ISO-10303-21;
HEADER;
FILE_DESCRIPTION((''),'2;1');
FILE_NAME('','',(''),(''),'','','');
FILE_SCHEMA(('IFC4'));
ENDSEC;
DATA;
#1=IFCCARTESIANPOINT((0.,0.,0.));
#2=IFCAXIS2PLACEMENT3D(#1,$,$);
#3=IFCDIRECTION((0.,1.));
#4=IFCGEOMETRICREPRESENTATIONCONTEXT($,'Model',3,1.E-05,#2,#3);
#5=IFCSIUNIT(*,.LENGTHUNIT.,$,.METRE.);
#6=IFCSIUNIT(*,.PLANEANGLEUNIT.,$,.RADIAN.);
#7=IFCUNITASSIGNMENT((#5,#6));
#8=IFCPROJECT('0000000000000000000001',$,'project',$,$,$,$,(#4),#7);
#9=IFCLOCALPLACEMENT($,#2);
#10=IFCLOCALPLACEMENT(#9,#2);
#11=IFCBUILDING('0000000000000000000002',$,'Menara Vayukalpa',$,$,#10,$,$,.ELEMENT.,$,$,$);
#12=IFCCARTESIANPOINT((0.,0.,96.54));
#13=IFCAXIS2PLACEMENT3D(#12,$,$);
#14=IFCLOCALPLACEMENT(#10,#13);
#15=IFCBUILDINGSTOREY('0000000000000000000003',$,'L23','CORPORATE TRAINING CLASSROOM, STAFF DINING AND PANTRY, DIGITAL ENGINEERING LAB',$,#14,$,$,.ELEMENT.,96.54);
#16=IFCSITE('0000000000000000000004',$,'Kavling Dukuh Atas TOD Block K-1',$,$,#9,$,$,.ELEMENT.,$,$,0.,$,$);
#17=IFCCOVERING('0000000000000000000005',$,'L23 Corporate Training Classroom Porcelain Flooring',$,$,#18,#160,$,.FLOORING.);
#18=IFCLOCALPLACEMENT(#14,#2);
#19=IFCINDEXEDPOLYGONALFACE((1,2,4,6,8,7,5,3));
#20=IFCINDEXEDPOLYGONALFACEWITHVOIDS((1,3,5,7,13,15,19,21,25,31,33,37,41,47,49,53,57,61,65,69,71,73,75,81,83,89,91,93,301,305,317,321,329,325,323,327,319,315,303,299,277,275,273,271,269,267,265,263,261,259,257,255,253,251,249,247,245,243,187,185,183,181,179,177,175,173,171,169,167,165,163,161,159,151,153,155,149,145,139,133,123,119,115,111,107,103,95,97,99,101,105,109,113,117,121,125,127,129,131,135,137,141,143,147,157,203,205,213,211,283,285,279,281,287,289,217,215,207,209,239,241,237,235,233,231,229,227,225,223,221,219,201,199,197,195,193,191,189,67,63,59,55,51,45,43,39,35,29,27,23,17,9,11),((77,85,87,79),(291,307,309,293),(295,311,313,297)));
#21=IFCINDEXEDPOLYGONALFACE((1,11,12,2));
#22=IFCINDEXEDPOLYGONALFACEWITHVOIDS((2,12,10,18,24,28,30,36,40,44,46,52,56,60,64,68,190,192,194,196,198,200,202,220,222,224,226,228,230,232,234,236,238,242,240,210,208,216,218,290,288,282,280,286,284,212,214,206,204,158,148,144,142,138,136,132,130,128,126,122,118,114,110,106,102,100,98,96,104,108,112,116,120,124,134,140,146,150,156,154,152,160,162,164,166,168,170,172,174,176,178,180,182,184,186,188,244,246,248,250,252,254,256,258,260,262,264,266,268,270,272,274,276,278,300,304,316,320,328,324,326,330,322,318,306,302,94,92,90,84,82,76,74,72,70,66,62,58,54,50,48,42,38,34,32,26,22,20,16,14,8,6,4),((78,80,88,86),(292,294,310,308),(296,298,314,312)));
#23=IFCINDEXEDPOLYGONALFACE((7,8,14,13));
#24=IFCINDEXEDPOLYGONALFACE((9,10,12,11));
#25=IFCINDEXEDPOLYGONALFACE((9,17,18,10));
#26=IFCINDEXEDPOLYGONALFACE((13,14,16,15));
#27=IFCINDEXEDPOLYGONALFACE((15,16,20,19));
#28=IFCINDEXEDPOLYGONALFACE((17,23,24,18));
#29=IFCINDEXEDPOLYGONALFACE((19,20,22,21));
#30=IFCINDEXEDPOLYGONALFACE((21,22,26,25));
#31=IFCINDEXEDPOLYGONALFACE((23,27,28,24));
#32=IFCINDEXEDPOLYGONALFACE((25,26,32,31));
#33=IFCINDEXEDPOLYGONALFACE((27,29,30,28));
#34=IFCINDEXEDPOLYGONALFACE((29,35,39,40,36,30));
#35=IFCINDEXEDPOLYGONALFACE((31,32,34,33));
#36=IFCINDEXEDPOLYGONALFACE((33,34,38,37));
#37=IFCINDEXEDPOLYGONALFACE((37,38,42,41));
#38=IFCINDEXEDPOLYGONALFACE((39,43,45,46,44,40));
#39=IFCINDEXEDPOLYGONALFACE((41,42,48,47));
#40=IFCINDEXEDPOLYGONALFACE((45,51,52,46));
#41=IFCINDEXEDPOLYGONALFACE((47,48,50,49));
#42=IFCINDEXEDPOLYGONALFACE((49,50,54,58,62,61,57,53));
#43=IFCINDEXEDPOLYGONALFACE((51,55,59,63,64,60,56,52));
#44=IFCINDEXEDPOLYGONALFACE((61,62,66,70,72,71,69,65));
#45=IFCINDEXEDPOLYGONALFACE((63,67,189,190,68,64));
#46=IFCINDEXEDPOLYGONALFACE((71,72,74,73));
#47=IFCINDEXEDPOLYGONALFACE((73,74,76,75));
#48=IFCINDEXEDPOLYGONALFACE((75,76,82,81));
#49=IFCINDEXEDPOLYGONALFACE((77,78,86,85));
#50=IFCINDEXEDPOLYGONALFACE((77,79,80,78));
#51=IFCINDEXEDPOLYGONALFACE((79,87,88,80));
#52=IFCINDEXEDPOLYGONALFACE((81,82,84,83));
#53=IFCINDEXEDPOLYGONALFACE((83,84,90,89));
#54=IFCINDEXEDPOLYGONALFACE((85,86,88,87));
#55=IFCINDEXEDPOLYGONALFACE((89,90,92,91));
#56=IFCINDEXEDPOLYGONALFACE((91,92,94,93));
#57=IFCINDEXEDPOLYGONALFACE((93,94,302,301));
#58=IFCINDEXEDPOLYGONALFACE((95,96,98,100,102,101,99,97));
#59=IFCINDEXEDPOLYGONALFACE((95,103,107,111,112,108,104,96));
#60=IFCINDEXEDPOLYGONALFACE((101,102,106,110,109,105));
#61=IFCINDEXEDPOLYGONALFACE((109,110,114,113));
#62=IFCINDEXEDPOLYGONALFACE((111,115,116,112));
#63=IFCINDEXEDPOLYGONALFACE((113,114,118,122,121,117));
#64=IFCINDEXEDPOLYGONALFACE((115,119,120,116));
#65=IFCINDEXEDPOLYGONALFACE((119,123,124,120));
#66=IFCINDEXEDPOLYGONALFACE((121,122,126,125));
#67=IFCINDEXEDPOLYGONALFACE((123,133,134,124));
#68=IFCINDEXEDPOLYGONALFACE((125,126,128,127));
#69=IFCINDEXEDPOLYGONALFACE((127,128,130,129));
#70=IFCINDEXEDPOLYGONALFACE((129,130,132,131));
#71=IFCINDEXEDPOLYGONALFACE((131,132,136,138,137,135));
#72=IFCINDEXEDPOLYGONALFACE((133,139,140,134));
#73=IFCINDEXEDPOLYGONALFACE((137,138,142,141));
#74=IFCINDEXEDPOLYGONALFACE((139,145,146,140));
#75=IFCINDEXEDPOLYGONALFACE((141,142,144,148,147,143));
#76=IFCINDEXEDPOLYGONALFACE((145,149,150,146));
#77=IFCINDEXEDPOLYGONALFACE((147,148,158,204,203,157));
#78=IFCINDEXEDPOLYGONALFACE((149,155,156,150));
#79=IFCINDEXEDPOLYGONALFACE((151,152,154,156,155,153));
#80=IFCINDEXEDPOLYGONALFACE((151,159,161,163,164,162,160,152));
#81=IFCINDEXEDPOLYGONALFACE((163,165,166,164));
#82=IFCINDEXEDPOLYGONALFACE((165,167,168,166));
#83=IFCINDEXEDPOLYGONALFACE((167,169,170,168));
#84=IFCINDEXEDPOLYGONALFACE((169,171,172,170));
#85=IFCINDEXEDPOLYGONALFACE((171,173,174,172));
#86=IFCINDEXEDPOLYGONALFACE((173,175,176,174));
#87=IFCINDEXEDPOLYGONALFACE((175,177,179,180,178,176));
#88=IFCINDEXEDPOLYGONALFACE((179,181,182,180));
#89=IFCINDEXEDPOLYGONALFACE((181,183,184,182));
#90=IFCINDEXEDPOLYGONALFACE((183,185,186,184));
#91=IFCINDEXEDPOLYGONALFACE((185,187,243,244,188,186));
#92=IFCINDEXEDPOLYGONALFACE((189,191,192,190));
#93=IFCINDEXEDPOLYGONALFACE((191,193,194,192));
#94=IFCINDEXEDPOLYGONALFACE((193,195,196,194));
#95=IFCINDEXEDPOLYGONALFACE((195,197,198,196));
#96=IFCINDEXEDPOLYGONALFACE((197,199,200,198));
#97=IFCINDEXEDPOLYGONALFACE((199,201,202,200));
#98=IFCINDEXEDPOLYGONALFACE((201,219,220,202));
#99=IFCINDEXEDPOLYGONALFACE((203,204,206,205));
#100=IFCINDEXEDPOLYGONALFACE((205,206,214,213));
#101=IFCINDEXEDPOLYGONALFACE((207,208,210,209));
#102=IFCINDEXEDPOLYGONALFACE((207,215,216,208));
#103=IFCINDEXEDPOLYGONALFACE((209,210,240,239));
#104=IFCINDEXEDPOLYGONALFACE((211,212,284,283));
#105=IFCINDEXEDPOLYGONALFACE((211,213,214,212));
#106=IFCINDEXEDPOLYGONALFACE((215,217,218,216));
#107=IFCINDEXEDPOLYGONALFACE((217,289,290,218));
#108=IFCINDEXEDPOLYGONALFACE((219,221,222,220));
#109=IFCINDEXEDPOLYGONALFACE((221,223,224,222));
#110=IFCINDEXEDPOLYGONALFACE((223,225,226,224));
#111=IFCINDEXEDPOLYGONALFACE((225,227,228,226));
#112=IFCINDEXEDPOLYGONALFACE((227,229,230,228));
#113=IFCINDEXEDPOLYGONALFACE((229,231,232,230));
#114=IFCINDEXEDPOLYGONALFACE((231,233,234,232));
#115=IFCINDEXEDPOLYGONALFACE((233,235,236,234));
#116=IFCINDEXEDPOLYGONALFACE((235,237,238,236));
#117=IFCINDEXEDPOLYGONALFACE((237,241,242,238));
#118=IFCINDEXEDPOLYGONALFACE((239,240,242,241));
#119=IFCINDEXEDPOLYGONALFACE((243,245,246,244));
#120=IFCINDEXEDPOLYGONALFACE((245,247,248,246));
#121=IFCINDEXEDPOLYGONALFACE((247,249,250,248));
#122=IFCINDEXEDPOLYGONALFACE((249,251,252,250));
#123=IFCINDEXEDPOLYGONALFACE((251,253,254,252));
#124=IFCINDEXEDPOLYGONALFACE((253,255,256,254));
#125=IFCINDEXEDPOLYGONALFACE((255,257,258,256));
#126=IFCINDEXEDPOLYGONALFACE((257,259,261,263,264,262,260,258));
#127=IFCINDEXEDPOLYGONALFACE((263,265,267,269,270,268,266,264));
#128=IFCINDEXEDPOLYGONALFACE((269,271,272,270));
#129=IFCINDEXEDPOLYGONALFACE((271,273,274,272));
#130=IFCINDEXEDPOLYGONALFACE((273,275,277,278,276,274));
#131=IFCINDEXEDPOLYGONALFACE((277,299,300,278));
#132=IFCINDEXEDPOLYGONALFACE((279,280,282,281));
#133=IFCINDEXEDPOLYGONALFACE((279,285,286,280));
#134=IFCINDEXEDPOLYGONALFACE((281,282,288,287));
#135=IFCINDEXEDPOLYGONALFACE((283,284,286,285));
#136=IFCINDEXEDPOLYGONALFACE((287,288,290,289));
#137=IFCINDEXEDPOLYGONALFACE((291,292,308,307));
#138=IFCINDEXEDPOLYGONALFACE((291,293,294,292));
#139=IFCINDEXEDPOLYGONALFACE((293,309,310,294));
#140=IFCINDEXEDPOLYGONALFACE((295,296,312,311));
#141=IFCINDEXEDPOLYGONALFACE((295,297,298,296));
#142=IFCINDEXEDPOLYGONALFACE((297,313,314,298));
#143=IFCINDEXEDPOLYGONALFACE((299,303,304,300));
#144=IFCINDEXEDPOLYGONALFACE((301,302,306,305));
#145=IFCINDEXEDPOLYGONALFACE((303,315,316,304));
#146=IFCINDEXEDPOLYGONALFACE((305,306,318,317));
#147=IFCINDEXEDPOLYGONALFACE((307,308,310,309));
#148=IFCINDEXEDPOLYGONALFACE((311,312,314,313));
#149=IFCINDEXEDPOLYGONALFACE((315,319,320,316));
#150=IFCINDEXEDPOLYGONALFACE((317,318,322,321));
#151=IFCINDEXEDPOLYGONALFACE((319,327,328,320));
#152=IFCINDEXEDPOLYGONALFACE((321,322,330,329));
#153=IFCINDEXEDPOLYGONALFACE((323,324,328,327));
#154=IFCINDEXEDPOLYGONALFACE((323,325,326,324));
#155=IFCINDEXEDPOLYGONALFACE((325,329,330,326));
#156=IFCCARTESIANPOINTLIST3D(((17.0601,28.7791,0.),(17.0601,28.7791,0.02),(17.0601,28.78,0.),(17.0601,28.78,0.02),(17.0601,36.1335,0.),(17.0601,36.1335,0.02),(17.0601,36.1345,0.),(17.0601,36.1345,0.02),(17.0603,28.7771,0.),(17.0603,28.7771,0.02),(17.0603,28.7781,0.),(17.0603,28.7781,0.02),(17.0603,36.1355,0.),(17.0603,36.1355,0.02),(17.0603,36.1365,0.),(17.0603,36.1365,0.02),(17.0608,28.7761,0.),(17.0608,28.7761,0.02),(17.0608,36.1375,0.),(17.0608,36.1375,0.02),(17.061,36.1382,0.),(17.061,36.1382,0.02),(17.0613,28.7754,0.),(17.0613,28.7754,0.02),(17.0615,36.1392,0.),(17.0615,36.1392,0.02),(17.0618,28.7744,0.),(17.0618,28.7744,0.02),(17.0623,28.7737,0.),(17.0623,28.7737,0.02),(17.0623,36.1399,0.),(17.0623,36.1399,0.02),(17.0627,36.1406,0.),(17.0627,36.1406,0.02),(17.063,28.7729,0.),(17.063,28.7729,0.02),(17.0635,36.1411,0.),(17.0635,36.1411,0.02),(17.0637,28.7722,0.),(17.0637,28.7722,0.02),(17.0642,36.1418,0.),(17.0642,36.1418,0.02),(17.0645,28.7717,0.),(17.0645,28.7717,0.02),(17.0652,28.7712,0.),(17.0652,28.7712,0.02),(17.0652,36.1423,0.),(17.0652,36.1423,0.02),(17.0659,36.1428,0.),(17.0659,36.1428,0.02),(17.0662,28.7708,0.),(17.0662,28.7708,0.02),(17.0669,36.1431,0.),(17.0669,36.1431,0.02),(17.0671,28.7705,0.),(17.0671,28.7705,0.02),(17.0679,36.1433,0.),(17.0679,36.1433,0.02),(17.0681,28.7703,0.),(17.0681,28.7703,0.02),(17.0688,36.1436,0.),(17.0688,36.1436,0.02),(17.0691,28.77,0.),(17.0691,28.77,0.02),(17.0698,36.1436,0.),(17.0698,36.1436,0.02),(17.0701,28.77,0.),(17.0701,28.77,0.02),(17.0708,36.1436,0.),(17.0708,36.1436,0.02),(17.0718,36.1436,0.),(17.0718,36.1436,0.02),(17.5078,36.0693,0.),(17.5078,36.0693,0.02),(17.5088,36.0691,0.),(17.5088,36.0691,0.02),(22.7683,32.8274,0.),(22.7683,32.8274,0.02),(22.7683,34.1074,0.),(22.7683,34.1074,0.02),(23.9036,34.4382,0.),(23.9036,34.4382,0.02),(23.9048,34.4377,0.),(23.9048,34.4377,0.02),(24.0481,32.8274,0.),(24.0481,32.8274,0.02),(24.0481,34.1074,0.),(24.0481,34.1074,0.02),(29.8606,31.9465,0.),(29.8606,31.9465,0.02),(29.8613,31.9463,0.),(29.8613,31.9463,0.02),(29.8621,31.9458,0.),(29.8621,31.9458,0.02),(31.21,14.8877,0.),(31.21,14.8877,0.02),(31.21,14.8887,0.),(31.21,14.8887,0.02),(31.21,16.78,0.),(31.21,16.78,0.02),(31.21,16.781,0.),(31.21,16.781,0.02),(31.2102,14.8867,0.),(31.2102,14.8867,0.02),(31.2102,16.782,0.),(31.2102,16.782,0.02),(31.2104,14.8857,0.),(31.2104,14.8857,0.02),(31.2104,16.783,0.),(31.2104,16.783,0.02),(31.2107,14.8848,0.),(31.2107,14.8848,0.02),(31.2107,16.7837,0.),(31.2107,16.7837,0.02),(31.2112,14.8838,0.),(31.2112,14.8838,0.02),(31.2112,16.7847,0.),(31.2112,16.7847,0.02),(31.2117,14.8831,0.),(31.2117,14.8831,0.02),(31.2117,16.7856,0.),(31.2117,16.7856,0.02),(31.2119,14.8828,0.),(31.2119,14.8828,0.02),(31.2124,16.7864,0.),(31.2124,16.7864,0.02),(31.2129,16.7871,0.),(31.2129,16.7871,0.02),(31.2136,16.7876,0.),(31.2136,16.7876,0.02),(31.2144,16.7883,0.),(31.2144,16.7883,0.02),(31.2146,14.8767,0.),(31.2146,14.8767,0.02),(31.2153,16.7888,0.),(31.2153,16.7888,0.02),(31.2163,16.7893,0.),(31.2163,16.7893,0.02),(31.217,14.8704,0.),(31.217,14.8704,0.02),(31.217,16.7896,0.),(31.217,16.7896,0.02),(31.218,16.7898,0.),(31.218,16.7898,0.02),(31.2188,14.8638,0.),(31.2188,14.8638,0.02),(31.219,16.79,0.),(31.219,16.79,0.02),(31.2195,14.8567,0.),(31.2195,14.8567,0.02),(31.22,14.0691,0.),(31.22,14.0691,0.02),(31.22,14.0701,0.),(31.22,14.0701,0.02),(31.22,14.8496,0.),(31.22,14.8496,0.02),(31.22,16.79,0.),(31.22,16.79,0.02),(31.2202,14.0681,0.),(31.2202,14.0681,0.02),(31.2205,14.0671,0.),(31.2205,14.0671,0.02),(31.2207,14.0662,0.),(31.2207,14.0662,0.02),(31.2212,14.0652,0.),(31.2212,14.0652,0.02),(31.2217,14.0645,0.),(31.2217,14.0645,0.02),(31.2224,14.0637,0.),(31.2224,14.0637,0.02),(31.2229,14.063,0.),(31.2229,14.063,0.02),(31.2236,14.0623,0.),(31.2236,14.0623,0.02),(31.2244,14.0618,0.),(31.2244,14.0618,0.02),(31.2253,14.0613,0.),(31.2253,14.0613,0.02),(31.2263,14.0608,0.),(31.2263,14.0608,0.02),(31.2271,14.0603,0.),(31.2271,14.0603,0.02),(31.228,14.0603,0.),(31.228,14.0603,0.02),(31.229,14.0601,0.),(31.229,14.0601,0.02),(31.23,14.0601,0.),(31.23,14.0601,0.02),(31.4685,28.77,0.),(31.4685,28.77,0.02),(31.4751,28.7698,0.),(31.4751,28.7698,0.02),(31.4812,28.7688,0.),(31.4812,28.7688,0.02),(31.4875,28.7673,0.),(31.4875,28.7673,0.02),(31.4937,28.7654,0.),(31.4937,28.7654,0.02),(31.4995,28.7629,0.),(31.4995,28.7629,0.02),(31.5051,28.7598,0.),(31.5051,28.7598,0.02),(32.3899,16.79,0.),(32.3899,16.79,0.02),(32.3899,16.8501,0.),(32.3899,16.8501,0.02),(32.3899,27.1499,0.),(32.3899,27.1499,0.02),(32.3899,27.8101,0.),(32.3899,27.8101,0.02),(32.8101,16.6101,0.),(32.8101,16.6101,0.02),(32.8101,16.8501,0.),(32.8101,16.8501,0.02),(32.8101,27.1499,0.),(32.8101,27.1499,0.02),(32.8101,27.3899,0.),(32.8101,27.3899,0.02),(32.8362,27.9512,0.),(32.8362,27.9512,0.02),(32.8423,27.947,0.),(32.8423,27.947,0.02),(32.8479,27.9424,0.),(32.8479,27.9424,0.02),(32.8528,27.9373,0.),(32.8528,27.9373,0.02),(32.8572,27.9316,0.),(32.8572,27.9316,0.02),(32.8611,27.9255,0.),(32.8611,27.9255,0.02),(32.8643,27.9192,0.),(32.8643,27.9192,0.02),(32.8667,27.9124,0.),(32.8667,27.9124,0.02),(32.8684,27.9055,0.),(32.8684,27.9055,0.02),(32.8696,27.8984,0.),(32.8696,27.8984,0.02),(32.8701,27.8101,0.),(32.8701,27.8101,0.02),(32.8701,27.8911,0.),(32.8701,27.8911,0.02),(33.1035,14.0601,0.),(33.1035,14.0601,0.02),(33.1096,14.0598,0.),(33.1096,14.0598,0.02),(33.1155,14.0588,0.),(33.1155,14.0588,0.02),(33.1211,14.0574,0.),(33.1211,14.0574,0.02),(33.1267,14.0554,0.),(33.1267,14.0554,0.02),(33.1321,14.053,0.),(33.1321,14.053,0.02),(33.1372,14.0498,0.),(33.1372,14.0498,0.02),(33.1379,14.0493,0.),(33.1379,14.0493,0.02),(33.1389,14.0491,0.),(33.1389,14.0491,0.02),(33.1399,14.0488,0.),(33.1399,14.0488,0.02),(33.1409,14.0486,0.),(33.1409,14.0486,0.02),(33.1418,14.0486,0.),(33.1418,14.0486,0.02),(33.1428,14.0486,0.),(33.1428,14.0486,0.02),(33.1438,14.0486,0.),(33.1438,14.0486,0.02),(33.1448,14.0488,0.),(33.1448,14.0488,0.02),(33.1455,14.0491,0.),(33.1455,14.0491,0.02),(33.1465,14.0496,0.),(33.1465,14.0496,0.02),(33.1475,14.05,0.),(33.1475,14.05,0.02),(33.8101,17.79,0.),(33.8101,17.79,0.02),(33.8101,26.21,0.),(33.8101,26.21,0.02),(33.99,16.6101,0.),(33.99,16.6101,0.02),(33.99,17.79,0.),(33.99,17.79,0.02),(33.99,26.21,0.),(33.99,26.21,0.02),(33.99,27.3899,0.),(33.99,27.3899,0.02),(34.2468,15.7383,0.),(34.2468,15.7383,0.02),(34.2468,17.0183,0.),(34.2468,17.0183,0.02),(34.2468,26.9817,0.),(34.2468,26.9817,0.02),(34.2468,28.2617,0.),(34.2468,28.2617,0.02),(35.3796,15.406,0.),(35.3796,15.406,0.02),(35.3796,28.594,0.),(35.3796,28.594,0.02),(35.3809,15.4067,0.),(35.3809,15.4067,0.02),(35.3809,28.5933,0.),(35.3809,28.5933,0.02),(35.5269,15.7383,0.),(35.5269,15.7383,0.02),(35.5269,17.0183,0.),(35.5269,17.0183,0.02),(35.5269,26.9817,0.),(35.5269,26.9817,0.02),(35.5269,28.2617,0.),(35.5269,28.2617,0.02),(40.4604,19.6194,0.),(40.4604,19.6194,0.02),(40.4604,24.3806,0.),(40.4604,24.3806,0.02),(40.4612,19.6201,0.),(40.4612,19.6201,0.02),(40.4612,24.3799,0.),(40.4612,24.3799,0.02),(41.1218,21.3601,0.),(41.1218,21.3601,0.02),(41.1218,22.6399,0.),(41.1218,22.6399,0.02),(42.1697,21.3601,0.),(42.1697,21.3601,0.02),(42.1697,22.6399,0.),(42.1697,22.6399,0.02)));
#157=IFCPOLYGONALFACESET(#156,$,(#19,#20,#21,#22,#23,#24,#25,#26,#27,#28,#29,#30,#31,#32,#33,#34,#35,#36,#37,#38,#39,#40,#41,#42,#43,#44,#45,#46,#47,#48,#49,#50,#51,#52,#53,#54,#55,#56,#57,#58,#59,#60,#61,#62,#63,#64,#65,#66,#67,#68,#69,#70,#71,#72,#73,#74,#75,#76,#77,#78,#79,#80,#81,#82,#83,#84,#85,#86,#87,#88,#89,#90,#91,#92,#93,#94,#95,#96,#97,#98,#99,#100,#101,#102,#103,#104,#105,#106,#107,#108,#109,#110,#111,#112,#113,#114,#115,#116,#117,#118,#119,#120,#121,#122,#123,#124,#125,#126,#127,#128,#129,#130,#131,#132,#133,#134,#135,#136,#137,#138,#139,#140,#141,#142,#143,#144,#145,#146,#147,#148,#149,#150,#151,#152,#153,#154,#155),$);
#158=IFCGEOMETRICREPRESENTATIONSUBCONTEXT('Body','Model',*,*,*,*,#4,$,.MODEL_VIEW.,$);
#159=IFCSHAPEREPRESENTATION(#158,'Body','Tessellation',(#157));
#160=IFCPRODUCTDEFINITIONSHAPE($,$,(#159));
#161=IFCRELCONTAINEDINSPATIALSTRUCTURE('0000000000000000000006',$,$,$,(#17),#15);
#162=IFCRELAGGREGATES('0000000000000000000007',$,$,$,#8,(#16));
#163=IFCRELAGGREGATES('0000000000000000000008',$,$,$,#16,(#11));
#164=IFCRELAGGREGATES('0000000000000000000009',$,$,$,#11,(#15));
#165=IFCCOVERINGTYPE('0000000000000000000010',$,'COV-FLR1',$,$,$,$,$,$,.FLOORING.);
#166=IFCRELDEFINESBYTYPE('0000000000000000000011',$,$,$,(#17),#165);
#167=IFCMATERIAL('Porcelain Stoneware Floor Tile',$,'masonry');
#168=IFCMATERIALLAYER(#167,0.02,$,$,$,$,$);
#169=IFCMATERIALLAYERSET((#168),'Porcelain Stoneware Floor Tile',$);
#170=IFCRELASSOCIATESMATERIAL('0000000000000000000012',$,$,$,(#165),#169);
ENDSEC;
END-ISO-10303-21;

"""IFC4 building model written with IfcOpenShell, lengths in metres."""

from ifc_helpers import new_model, si_unit, direction, frame, origin, place, context, subcontext, project, spatial, polyline, outline, extrude, material, layer, layer_set, type_object, element, save


model = new_model("IFC4")

# Units and contexts
model_context = context("Model", 3, precision=1e-05, world=origin(), true_north=direction((0.0, 1.0)))
body_context = subcontext(model_context, "Body", "Model", "MODEL_VIEW")
ifc_project = project(units=[si_unit("LENGTHUNIT", "METRE"), si_unit("PLANEANGLEUNIT", "RADIAN")], contexts=[model_context])

# Site, building, storey
site_placement = place(None, origin())
site = spatial("IfcSite", under=ifc_project, at=site_placement, Name="Kavling Dukuh Atas TOD Block K-1", CompositionType="ELEMENT", RefElevation=0.0)
building_placement = place(site_placement, origin())
building = spatial("IfcBuilding", under=site, at=building_placement, Name="Menara Vayukalpa", CompositionType="ELEMENT")
storey_placement = place(building_placement, frame((0.0, 0.0, 96.54)))
storey = spatial("IfcBuildingStorey", under=building, at=storey_placement, Name="L23", Description="CORPORATE TRAINING CLASSROOM, STAFF DINING AND PANTRY, DIGITAL ENGINEERING LAB", CompositionType="ELEMENT", Elevation=96.54)

# Covering
ifc_material_1 = material(Name="Porcelain Stoneware Floor Tile", Category="masonry")
ifc_layer_1 = layer(ifc_material_1, 0.02)
ifc_layer_set_1 = layer_set([ifc_layer_1], Name="Porcelain Stoneware Floor Tile")
covering_type_1 = type_object("IfcCoveringType", Name="COV-FLR1", PredefinedType="FLOORING", material=ifc_layer_set_1)
covering_1_placement = place(storey_placement, origin())
element("IfcCovering", 1, at=covering_1_placement, inside=storey, type_object=covering_type_1, Name="L23 Corporate Training Classroom Porcelain Flooring", PredefinedType="FLOORING", context=body_context, shape_type="SweptSolid", body=[
    extrude(outline(polyline([(32.8101, 16.8501), (32.8101, 16.6101), (33.99, 16.6101), (33.99, 17.79), (33.8101, 17.79), (33.8101, 26.21), (33.99, 26.21), (33.99, 27.3899), (32.8101, 27.3899), (32.8101, 27.1499), (32.3899, 27.1499), (32.3899, 27.8101), (32.8701, 27.8101), (32.8701, 27.8911), (32.8696, 27.8984), (32.8684, 27.9055), (32.8667, 27.9124), (32.8643, 27.9192), (32.8611, 27.9255), (32.8572, 27.9316), (32.8528, 27.9373), (32.8479, 27.9424), (32.8423, 27.947), (32.8362, 27.9512), (31.5051, 28.7598), (31.4995, 28.7629), (31.4937, 28.7654), (31.4875, 28.7673), (31.4812, 28.7688), (31.4751, 28.7698), (31.4685, 28.77), (17.0701, 28.77), (17.0691, 28.77), (17.0681, 28.7703), (17.0671, 28.7705), (17.0662, 28.7708), (17.0652, 28.7712), (17.0645, 28.7717), (17.0637, 28.7722), (17.063, 28.7729), (17.0623, 28.7737), (17.0618, 28.7744), (17.0613, 28.7754), (17.0608, 28.7761), (17.0603, 28.7771), (17.0603, 28.7781), (17.0601, 28.7791), (17.0601, 28.78), (17.0601, 36.1335), (17.0601, 36.1345), (17.0603, 36.1355), (17.0603, 36.1365), (17.0608, 36.1375), (17.061, 36.1382), (17.0615, 36.1392), (17.0623, 36.1399), (17.0627, 36.1406), (17.0635, 36.1411), (17.0642, 36.1418), (17.0652, 36.1423), (17.0659, 36.1428), (17.0669, 36.1431), (17.0679, 36.1433), (17.0688, 36.1436), (17.0698, 36.1436), (17.0708, 36.1436), (17.0718, 36.1436), (17.5078, 36.0693), (17.5088, 36.0691), (23.9036, 34.4382), (23.9048, 34.4377), (29.8606, 31.9465), (29.8613, 31.9463), (29.8621, 31.9458), (35.3796, 28.594), (35.3809, 28.5933), (40.4604, 24.3806), (40.4612, 24.3799), (42.1697, 22.6399), (41.1218, 22.6399), (41.1218, 21.3601), (42.1697, 21.3601), (40.4612, 19.6201), (40.4604, 19.6194), (35.3809, 15.4067), (35.3796, 15.406), (33.1475, 14.05), (33.1465, 14.0496), (33.1455, 14.0491), (33.1448, 14.0488), (33.1438, 14.0486), (33.1428, 14.0486), (33.1418, 14.0486), (33.1409, 14.0486), (33.1399, 14.0488), (33.1389, 14.0491), (33.1379, 14.0493), (33.1372, 14.0498), (33.1321, 14.053), (33.1267, 14.0554), (33.1211, 14.0574), (33.1155, 14.0588), (33.1096, 14.0598), (33.1035, 14.0601), (31.23, 14.0601), (31.229, 14.0601), (31.228, 14.0603), (31.2271, 14.0603), (31.2263, 14.0608), (31.2253, 14.0613), (31.2244, 14.0618), (31.2236, 14.0623), (31.2229, 14.063), (31.2224, 14.0637), (31.2217, 14.0645), (31.2212, 14.0652), (31.2207, 14.0662), (31.2205, 14.0671), (31.2202, 14.0681), (31.22, 14.0691), (31.22, 14.0701), (31.22, 14.8496), (31.2195, 14.8567), (31.2188, 14.8638), (31.217, 14.8704), (31.2146, 14.8767), (31.2119, 14.8828), (31.2117, 14.8831), (31.2112, 14.8838), (31.2107, 14.8848), (31.2104, 14.8857), (31.2102, 14.8867), (31.21, 14.8877), (31.21, 14.8887), (31.21, 16.78), (31.21, 16.781), (31.2102, 16.782), (31.2104, 16.783), (31.2107, 16.7837), (31.2112, 16.7847), (31.2117, 16.7856), (31.2124, 16.7864), (31.2129, 16.7871), (31.2136, 16.7876), (31.2144, 16.7883), (31.2153, 16.7888), (31.2163, 16.7893), (31.217, 16.7896), (31.218, 16.7898), (31.219, 16.79), (31.22, 16.79), (32.3899, 16.79), (32.3899, 16.8501), (32.8101, 16.8501)]), holes=[polyline([(35.5269, 17.0183), (34.2468, 17.0183), (34.2468, 15.7383), (35.5269, 15.7383), (35.5269, 17.0183)]), polyline([(35.5269, 26.9817), (35.5269, 28.2617), (34.2468, 28.2617), (34.2468, 26.9817), (35.5269, 26.9817)]), polyline([(24.0481, 32.8274), (24.0481, 34.1074), (22.7683, 34.1074), (22.7683, 32.8274), (24.0481, 32.8274)])]), origin(), (0.0, 0.0, 1.0), 0.02),
])

save(model, "model.ifc")
